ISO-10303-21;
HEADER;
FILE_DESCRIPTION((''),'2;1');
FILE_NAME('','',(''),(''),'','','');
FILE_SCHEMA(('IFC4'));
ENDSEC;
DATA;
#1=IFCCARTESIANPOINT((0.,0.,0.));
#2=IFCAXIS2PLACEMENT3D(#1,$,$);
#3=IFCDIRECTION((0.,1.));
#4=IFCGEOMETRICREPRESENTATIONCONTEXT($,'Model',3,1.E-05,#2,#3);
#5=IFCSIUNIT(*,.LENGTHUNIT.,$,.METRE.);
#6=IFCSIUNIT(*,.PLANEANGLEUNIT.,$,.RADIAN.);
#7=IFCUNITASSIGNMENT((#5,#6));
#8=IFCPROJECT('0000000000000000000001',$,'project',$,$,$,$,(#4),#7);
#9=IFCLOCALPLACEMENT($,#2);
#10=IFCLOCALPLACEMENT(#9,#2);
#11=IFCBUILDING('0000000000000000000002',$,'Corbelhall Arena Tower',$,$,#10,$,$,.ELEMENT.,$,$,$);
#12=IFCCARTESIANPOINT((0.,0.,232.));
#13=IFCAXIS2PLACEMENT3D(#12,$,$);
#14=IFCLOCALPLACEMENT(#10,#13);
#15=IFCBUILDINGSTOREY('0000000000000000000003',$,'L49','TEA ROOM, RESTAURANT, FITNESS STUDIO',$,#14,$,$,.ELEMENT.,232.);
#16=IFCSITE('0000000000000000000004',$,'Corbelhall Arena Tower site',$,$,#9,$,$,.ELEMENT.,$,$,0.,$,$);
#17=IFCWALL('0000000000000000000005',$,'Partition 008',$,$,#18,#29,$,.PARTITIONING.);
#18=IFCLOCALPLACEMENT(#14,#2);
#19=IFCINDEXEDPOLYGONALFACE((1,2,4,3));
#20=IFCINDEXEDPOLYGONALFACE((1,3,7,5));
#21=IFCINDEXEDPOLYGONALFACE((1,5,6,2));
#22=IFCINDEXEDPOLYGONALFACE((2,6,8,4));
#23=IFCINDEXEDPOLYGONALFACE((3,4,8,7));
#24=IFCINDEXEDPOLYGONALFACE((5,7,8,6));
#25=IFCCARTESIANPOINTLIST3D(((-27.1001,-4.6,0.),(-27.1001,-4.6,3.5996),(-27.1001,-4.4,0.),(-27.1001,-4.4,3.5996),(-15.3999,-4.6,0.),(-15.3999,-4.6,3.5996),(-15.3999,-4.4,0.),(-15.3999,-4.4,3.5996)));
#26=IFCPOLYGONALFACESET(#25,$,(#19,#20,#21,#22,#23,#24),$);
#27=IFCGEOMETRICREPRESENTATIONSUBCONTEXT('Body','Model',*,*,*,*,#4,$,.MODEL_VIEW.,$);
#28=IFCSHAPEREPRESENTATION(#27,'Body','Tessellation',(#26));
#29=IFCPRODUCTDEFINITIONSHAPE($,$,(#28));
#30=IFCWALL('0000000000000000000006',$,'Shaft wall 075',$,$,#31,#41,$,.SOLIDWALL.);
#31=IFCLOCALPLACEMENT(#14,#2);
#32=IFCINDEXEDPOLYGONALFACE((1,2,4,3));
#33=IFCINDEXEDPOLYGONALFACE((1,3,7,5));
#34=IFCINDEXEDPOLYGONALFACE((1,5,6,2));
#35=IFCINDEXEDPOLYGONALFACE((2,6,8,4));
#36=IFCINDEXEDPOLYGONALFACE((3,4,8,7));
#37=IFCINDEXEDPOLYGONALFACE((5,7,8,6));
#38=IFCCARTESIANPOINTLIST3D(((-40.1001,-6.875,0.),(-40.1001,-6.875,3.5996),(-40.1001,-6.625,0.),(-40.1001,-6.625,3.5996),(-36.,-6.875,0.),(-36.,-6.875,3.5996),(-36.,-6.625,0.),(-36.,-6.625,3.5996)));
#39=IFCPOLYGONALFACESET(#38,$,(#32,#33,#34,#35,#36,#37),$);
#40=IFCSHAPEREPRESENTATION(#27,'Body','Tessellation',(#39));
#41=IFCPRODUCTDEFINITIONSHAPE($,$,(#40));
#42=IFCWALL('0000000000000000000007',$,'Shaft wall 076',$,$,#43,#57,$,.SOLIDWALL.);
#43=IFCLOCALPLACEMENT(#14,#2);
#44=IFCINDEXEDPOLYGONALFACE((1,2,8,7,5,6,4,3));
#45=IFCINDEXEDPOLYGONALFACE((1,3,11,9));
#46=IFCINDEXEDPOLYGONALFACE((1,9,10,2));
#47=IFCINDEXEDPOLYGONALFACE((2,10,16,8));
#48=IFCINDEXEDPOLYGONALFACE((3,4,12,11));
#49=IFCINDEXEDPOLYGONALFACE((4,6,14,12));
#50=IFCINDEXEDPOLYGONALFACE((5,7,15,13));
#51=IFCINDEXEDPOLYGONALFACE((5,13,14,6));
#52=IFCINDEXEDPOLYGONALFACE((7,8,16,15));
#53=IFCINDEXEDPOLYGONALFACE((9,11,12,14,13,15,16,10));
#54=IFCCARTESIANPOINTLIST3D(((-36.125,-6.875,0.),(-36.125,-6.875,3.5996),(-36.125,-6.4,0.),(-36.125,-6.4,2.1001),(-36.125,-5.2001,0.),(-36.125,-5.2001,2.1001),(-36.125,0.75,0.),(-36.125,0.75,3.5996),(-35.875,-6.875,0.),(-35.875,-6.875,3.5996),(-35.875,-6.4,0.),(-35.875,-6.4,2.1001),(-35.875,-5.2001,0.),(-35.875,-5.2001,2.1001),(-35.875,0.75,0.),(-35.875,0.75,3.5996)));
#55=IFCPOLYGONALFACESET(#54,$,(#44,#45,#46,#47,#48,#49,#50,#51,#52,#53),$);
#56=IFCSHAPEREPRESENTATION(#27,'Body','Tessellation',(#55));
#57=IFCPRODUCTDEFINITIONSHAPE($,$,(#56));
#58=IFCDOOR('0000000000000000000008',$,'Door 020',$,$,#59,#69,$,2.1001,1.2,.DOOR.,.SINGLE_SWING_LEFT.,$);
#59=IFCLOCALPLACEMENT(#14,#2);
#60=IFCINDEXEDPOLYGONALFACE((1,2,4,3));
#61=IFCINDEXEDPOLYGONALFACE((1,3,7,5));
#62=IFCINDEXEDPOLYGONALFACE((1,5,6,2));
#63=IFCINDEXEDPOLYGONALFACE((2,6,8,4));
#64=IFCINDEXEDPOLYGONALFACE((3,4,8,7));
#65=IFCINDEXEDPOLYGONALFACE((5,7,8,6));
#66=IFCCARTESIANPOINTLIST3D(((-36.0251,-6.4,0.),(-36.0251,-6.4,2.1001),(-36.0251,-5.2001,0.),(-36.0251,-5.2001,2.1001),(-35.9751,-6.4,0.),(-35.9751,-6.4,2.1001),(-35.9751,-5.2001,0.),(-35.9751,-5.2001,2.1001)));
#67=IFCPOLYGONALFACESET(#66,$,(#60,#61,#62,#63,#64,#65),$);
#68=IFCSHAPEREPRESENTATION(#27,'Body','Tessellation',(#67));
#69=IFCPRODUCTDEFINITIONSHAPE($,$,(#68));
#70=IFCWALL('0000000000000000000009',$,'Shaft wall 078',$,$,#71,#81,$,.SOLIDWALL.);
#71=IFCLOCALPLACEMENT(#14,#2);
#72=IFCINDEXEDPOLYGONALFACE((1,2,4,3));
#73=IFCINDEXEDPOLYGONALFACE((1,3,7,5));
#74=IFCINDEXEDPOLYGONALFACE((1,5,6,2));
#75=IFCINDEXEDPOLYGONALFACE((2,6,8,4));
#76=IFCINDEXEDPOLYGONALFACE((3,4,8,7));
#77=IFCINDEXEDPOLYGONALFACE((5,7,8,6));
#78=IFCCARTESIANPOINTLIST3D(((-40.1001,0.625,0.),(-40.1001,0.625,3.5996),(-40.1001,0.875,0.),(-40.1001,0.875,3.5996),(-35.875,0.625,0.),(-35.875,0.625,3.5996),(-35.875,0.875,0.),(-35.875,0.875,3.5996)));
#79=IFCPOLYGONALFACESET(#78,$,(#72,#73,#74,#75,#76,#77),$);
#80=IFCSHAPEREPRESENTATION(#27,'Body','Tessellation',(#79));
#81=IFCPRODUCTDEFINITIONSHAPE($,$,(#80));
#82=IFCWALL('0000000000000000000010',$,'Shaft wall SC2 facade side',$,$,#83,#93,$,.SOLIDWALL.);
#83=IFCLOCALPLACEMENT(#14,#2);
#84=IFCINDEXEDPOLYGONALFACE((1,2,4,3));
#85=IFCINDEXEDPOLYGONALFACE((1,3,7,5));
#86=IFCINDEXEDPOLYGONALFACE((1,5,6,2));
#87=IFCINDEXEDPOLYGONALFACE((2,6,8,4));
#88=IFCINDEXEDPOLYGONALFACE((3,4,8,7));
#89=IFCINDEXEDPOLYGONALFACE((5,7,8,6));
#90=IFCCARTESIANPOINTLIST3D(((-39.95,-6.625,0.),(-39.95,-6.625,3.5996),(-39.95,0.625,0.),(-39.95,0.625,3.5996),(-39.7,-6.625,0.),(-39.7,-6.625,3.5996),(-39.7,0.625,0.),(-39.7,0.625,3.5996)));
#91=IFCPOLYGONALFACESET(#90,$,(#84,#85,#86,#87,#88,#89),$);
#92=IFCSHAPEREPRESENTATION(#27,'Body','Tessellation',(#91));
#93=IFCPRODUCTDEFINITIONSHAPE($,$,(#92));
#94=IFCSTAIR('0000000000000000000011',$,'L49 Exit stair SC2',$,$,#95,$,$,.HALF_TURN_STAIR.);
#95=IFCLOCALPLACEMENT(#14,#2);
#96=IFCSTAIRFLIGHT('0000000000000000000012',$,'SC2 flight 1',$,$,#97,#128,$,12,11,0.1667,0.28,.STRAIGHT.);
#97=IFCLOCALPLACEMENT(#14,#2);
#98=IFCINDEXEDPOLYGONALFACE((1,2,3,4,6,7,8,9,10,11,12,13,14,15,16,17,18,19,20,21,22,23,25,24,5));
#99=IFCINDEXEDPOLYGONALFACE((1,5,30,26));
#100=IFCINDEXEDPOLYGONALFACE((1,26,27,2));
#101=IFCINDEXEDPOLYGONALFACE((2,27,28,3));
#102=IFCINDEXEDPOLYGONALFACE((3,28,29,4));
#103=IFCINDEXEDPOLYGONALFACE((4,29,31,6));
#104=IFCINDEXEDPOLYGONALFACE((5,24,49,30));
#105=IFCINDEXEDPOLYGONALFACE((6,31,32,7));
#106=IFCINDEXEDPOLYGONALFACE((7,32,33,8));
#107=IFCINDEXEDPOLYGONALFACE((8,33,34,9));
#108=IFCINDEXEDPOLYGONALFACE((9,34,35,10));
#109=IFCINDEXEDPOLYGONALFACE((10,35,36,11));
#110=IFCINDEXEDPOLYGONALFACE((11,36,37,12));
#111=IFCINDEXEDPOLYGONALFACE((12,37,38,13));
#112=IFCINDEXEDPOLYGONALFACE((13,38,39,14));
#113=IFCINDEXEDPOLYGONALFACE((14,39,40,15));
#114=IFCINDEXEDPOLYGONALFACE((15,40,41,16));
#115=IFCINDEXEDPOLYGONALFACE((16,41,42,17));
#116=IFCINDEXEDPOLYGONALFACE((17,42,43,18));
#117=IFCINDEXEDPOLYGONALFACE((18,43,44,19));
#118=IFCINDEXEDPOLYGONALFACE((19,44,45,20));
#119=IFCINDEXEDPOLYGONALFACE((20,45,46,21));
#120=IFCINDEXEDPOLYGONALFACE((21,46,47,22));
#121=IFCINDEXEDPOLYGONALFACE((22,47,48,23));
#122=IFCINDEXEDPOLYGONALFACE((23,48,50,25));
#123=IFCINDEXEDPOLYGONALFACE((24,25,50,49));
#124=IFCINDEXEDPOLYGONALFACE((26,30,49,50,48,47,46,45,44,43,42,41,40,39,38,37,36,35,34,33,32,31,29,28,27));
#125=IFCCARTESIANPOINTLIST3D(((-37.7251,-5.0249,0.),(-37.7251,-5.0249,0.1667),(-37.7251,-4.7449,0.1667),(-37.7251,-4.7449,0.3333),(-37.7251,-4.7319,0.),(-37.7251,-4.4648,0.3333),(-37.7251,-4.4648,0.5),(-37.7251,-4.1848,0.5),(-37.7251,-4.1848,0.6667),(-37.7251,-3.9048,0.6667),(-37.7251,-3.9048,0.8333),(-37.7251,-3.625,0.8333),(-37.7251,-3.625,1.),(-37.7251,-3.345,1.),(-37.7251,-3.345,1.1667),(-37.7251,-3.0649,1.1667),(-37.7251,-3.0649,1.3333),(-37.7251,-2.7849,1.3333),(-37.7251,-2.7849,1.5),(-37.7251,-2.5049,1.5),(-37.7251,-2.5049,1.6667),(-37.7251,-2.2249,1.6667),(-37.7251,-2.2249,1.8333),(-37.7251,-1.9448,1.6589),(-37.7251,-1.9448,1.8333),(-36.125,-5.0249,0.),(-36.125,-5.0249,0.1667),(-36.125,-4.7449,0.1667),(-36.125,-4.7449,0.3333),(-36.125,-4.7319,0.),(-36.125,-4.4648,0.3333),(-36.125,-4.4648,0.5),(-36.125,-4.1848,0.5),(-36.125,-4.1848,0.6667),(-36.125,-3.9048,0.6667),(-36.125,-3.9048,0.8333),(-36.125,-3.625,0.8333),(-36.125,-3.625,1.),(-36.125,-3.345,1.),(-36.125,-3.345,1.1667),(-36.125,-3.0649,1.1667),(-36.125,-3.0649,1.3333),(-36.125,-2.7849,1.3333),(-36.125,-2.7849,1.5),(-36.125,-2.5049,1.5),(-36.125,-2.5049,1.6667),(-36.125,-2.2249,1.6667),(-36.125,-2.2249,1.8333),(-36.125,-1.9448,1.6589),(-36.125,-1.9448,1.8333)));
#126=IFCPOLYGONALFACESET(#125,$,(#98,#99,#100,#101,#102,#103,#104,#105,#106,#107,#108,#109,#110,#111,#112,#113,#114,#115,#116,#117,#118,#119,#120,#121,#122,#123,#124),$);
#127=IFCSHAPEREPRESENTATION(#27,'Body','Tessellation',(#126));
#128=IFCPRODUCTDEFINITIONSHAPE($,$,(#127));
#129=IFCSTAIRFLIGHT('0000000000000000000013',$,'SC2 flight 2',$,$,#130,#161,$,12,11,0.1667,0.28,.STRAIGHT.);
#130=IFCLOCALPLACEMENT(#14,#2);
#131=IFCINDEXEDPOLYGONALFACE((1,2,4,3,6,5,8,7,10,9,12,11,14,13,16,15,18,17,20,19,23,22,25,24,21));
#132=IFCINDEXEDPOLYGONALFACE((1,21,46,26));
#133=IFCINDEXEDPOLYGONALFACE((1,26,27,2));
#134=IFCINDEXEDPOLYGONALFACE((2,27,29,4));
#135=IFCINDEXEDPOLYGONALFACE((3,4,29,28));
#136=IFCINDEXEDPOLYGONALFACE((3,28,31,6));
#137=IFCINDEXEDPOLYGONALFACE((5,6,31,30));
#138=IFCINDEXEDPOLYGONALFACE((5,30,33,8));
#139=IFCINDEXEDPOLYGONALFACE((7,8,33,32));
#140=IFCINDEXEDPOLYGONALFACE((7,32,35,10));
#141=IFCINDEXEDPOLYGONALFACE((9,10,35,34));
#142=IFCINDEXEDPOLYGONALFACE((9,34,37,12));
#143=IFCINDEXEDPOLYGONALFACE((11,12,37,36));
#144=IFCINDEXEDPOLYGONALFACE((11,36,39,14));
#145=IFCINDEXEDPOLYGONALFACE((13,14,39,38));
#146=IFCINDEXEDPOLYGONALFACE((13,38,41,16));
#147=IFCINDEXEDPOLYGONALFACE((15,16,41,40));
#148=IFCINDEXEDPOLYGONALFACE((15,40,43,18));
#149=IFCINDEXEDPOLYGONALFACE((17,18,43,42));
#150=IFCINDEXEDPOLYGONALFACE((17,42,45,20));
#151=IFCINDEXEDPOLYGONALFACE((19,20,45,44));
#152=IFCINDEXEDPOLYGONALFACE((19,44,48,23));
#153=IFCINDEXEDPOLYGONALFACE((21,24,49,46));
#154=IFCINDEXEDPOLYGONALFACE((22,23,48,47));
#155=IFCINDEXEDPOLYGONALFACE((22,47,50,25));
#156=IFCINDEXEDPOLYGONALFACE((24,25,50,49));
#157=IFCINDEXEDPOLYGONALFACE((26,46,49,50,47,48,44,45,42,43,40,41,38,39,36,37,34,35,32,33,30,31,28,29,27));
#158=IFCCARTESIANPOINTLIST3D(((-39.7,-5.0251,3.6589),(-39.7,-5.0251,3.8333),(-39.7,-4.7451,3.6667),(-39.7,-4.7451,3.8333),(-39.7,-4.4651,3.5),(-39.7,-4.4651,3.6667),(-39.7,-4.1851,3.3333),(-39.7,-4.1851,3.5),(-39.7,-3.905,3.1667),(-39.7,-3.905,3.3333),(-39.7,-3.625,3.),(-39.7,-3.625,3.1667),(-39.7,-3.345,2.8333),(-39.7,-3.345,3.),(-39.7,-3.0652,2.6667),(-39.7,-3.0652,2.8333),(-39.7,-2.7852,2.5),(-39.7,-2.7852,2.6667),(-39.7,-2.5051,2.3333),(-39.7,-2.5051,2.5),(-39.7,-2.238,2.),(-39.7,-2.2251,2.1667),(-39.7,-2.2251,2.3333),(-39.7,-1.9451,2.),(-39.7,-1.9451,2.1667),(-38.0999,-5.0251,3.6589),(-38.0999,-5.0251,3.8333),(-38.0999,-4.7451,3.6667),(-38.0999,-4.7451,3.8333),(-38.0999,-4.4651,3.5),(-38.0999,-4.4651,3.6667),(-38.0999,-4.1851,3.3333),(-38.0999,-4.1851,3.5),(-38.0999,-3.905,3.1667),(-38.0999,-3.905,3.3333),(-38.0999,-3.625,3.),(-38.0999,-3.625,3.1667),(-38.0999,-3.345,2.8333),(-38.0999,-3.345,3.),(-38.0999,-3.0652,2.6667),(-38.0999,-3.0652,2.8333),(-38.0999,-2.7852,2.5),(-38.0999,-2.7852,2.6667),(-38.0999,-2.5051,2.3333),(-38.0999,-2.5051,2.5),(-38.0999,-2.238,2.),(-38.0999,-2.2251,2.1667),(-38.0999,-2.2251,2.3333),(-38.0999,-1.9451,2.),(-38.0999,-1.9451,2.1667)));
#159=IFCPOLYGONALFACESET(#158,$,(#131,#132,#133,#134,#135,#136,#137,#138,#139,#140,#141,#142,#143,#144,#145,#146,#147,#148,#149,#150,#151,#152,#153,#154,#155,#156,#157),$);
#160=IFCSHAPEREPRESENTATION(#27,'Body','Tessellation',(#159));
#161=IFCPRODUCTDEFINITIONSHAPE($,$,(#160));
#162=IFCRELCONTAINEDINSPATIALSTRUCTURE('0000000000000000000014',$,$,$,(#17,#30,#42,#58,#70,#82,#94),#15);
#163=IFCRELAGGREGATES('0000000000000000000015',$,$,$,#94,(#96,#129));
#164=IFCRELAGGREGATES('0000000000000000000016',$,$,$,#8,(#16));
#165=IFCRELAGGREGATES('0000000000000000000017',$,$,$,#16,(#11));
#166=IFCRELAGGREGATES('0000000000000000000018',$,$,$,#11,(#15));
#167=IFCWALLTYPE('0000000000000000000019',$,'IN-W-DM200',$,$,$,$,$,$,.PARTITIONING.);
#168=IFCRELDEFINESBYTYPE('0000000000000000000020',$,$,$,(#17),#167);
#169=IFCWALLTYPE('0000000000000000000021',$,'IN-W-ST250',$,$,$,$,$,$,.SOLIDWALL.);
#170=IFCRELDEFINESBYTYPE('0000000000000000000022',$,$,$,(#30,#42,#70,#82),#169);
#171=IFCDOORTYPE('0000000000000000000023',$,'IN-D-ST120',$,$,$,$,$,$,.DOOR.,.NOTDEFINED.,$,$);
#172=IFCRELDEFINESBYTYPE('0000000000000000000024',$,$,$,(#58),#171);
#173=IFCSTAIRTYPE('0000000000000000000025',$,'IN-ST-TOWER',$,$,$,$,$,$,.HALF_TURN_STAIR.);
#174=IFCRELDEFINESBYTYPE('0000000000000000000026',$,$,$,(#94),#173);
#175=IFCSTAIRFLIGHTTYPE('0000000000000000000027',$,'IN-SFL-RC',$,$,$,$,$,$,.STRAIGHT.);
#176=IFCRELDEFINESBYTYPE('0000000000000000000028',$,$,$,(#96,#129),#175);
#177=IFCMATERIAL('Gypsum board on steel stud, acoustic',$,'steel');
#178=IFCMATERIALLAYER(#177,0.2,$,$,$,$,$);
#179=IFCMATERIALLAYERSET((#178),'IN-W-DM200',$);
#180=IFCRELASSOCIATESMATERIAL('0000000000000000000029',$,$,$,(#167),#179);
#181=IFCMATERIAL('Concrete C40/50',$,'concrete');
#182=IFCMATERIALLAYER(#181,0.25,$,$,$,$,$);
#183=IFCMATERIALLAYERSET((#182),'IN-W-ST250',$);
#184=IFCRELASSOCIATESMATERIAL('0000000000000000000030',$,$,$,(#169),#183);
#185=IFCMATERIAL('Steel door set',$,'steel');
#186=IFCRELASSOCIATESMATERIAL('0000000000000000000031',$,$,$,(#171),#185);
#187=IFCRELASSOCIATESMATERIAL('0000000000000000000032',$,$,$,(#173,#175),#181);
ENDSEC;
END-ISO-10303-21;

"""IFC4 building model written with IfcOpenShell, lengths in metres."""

from ifc_helpers import new_model, si_unit, direction, frame, frame_2d, origin, place, context, subcontext, project, spatial, polyline, rectangle, outline, extrude, material, layer, layer_set, type_object, element, fill, aggregate, save


model = new_model("IFC4")

# Units and contexts
model_context = context("Model", 3, precision=1e-05, world=origin(), true_north=direction((0.0, 1.0)))
body_context = subcontext(model_context, "Body", "Model", "MODEL_VIEW")
ifc_project = project(units=[si_unit("LENGTHUNIT", "METRE"), si_unit("PLANEANGLEUNIT", "RADIAN")], contexts=[model_context])

# Site, building, storey
site_placement = place(None, origin())
site = spatial("IfcSite", under=ifc_project, at=site_placement, Name="Corbelhall Arena Tower site", CompositionType="ELEMENT", RefElevation=0.0)
building_placement = place(site_placement, origin())
building = spatial("IfcBuilding", under=site, at=building_placement, Name="Corbelhall Arena Tower", CompositionType="ELEMENT")
storey_placement = place(building_placement, frame((0.0, 0.0, 232.0)))
storey = spatial("IfcBuildingStorey", under=building, at=storey_placement, Name="L49", Description="TEA ROOM, RESTAURANT, FITNESS STUDIO", CompositionType="ELEMENT", Elevation=232.0)

# Shared definitions
ifc_material_1 = material(Name="Gypsum board on steel stud, acoustic", Category="steel")
ifc_layer_1 = layer(ifc_material_1, 0.2)
ifc_layer_set_1 = layer_set([ifc_layer_1], Name="IN-W-DM200")
wall_type_1 = type_object("IfcWallType", Name="IN-W-DM200", PredefinedType="PARTITIONING", material=ifc_layer_set_1)

# Shared definitions
ifc_material_2 = material(Name="Steel door set", Category="steel")

# Walls
wall_1_placement = place(storey_placement, frame((-27.1001, -4.5, 0.0), z_axis=(0.0, 0.0, 1.0), x_axis=(1.0, 0.0, 0.0)))
element("IfcWall", 1, at=wall_1_placement, inside=storey, type_object=wall_type_1, Name="Partition 008", PredefinedType="PARTITIONING", context=body_context, shape_type="SweptSolid", body=[
    extrude(rectangle(XDim=11.7002, YDim=0.2, at=frame_2d((5.8501, 0.0))), origin(), (0.0, 0.0, 1.0), 3.5996),
])
ifc_material_3 = material(Name="Concrete C40/50", Category="concrete")
ifc_layer_2 = layer(ifc_material_3, 0.25)
ifc_layer_set_2 = layer_set([ifc_layer_2], Name="IN-W-ST250")
wall_type_2 = type_object("IfcWallType", Name="IN-W-ST250", PredefinedType="SOLIDWALL", material=ifc_layer_set_2)
wall_2_placement = place(storey_placement, frame((-36.0, -6.75, 0.0), z_axis=(0.0, 0.0, 1.0), x_axis=(-1.0, 0.0, 0.0)))
element("IfcWall", 2, at=wall_2_placement, inside=storey, type_object=wall_type_2, Name="Shaft wall 075", PredefinedType="SOLIDWALL", context=body_context, shape_type="SweptSolid", body=[
    extrude(rectangle(XDim=4.1001, YDim=0.25, at=frame_2d((2.05, 0.0))), origin(), (0.0, 0.0, 1.0), 3.5996),
])

# Wall, opening, door
wall_3_placement = place(storey_placement, frame((-36.0, 0.75, 0.0), z_axis=(0.0, 0.0, 1.0), x_axis=(0.0, -1.0, 0.0)))
wall_3 = element("IfcWall", 3, at=wall_3_placement, inside=storey, type_object=wall_type_2, Name="Shaft wall 076", PredefinedType="SOLIDWALL", context=body_context, shape_type="SweptSolid", body=[
    extrude(rectangle(XDim=7.625, YDim=0.25, at=frame_2d((3.8125, 0.0))), origin(), (0.0, 0.0, 1.0), 3.5996),
])
opening_1_placement = place(wall_3_placement, frame((5.95, 0.0, 0.0)))
opening_1 = element("IfcOpeningElement", 4, at=opening_1_placement, cuts=wall_3, PredefinedType="OPENING", context=body_context, shape_type="SweptSolid", body=[
    extrude(rectangle(XDim=1.2, YDim=2.1001, at=frame_2d((0.6001, 1.05))), frame((0.0, 0.125, 0.0), z_axis=(0.0, -1.0, 0.0), x_axis=(1.0, 0.0, 0.0)), (0.0, 0.0, 1.0), 0.25),
])
door_type_1 = type_object("IfcDoorType", Name="IN-D-ST120", OperationType="NOTDEFINED", PredefinedType="DOOR", material=ifc_material_2)
door_1_placement = place(opening_1_placement, origin())
door_1 = element("IfcDoor", 5, at=door_1_placement, inside=storey, type_object=door_type_1, Name="Door 020", OperationType="SINGLE_SWING_LEFT", OverallHeight=2.1001, OverallWidth=1.2, PredefinedType="DOOR", context=body_context, shape_type="SweptSolid", body=[
    extrude(rectangle(XDim=1.2, YDim=2.1001, at=frame_2d((0.6001, 1.05))), frame((0.0, 0.0249, 0.0), z_axis=(0.0, -1.0, 0.0), x_axis=(1.0, 0.0, 0.0)), (0.0, 0.0, 1.0), 0.05),
])
fill(opening_1, door_1)

# Walls
wall_4_placement = place(storey_placement, frame((-35.875, 0.75, 0.0), z_axis=(0.0, 0.0, 1.0), x_axis=(-1.0, 0.0, 0.0)))
element("IfcWall", 6, at=wall_4_placement, inside=storey, type_object=wall_type_2, Name="Shaft wall 078", PredefinedType="SOLIDWALL", context=body_context, shape_type="SweptSolid", body=[
    extrude(rectangle(XDim=4.2251, YDim=0.25, at=frame_2d((2.1125, 0.0))), origin(), (0.0, 0.0, 1.0), 3.5996),
])
wall_5_placement = place(storey_placement, frame((-39.825, -6.625, 0.0), z_axis=(0.0, 0.0, 1.0), x_axis=(0.0, 1.0, 0.0)))
element("IfcWall", 7, at=wall_5_placement, inside=storey, type_object=wall_type_2, Name="Shaft wall SC2 facade side", PredefinedType="SOLIDWALL", context=body_context, shape_type="SweptSolid", body=[
    extrude(rectangle(XDim=7.25, YDim=0.25, at=frame_2d((3.625, 0.0))), origin(), (0.0, 0.0, 1.0), 3.5996),
])

# Stair, stair flights
stair_type = type_object("IfcStairType", Name="IN-ST-TOWER", PredefinedType="HALF_TURN_STAIR", material=ifc_material_3)
stair_placement = place(storey_placement, origin())
stair = element("IfcStair", 8, at=stair_placement, inside=storey, type_object=stair_type, Name="L49 Exit stair SC2", PredefinedType="HALF_TURN_STAIR")
stair_flight_type = type_object("IfcStairFlightType", Name="IN-SFL-RC", PredefinedType="STRAIGHT", material=ifc_material_3)
stair_flight_1_placement = place(storey_placement, frame((-36.925, -5.0249, 0.0), z_axis=(0.0, 0.0, 1.0), x_axis=(0.0, 1.0, 0.0)))
stair_flight_1 = element("IfcStairFlight", 9, at=stair_flight_1_placement, type_object=stair_flight_type, Name="SC2 flight 1", NumberOfRisers=12, NumberOfTreads=11, PredefinedType="STRAIGHT", RiserHeight=0.1667, TreadLength=0.28, context=body_context, shape_type="SweptSolid", body=[
    extrude(outline(polyline([(0.0, 0.0), (0.0, 0.1667), (0.28, 0.1667), (0.28, 0.3333), (0.5601, 0.3333), (0.5601, 0.5), (0.8401, 0.5), (0.8401, 0.6667), (1.1201, 0.6667), (1.1201, 0.8333), (1.3999, 0.8333), (1.3999, 1.0), (1.6799, 1.0), (1.6799, 1.1667), (1.96, 1.1667), (1.96, 1.3333), (2.24, 1.3333), (2.24, 1.5), (2.52, 1.5), (2.52, 1.6667), (2.8, 1.6667), (2.8, 1.8333), (3.0801, 1.8333), (3.0801, 2.0), (3.0801, 1.6589), (0.293, 0.0), (0.0, 0.0)])), frame((0.0, 0.8, 0.0), z_axis=(0.0, -1.0, 0.0), x_axis=(1.0, 0.0, 0.0)), (0.0, 0.0, 1.0), 1.6001),
])
stair_flight_2_placement = place(storey_placement, frame((-38.8999, -1.9451, 2.0), z_axis=(0.0, 0.0, 1.0), x_axis=(0.0, -1.0, 0.0)))
stair_flight_2 = element("IfcStairFlight", 10, at=stair_flight_2_placement, type_object=stair_flight_type, Name="SC2 flight 2", NumberOfRisers=12, NumberOfTreads=11, PredefinedType="STRAIGHT", RiserHeight=0.1667, TreadLength=0.28, context=body_context, shape_type="SweptSolid", body=[
    extrude(outline(polyline([(0.0, 0.0), (0.0, 0.1667), (0.28, 0.1667), (0.28, 0.3333), (0.5601, 0.3333), (0.5601, 0.5), (0.8401, 0.5), (0.8401, 0.6667), (1.1201, 0.6667), (1.1201, 0.8333), (1.3999, 0.8333), (1.3999, 1.0), (1.6799, 1.0), (1.6799, 1.1667), (1.96, 1.1667), (1.96, 1.3333), (2.24, 1.3333), (2.24, 1.5), (2.52, 1.5), (2.52, 1.6667), (2.8, 1.6667), (2.8, 1.8333), (3.0801, 1.8333), (3.0801, 2.0), (3.0801, 1.6589), (0.293, 0.0), (0.0, 0.0)])), frame((0.0, 0.8, 0.0), z_axis=(0.0, -1.0, 0.0), x_axis=(1.0, 0.0, 0.0)), (0.0, 0.0, 1.0), 1.6001),
])
aggregate(stair, [stair_flight_1, stair_flight_2])

save(model, "model.ifc")
